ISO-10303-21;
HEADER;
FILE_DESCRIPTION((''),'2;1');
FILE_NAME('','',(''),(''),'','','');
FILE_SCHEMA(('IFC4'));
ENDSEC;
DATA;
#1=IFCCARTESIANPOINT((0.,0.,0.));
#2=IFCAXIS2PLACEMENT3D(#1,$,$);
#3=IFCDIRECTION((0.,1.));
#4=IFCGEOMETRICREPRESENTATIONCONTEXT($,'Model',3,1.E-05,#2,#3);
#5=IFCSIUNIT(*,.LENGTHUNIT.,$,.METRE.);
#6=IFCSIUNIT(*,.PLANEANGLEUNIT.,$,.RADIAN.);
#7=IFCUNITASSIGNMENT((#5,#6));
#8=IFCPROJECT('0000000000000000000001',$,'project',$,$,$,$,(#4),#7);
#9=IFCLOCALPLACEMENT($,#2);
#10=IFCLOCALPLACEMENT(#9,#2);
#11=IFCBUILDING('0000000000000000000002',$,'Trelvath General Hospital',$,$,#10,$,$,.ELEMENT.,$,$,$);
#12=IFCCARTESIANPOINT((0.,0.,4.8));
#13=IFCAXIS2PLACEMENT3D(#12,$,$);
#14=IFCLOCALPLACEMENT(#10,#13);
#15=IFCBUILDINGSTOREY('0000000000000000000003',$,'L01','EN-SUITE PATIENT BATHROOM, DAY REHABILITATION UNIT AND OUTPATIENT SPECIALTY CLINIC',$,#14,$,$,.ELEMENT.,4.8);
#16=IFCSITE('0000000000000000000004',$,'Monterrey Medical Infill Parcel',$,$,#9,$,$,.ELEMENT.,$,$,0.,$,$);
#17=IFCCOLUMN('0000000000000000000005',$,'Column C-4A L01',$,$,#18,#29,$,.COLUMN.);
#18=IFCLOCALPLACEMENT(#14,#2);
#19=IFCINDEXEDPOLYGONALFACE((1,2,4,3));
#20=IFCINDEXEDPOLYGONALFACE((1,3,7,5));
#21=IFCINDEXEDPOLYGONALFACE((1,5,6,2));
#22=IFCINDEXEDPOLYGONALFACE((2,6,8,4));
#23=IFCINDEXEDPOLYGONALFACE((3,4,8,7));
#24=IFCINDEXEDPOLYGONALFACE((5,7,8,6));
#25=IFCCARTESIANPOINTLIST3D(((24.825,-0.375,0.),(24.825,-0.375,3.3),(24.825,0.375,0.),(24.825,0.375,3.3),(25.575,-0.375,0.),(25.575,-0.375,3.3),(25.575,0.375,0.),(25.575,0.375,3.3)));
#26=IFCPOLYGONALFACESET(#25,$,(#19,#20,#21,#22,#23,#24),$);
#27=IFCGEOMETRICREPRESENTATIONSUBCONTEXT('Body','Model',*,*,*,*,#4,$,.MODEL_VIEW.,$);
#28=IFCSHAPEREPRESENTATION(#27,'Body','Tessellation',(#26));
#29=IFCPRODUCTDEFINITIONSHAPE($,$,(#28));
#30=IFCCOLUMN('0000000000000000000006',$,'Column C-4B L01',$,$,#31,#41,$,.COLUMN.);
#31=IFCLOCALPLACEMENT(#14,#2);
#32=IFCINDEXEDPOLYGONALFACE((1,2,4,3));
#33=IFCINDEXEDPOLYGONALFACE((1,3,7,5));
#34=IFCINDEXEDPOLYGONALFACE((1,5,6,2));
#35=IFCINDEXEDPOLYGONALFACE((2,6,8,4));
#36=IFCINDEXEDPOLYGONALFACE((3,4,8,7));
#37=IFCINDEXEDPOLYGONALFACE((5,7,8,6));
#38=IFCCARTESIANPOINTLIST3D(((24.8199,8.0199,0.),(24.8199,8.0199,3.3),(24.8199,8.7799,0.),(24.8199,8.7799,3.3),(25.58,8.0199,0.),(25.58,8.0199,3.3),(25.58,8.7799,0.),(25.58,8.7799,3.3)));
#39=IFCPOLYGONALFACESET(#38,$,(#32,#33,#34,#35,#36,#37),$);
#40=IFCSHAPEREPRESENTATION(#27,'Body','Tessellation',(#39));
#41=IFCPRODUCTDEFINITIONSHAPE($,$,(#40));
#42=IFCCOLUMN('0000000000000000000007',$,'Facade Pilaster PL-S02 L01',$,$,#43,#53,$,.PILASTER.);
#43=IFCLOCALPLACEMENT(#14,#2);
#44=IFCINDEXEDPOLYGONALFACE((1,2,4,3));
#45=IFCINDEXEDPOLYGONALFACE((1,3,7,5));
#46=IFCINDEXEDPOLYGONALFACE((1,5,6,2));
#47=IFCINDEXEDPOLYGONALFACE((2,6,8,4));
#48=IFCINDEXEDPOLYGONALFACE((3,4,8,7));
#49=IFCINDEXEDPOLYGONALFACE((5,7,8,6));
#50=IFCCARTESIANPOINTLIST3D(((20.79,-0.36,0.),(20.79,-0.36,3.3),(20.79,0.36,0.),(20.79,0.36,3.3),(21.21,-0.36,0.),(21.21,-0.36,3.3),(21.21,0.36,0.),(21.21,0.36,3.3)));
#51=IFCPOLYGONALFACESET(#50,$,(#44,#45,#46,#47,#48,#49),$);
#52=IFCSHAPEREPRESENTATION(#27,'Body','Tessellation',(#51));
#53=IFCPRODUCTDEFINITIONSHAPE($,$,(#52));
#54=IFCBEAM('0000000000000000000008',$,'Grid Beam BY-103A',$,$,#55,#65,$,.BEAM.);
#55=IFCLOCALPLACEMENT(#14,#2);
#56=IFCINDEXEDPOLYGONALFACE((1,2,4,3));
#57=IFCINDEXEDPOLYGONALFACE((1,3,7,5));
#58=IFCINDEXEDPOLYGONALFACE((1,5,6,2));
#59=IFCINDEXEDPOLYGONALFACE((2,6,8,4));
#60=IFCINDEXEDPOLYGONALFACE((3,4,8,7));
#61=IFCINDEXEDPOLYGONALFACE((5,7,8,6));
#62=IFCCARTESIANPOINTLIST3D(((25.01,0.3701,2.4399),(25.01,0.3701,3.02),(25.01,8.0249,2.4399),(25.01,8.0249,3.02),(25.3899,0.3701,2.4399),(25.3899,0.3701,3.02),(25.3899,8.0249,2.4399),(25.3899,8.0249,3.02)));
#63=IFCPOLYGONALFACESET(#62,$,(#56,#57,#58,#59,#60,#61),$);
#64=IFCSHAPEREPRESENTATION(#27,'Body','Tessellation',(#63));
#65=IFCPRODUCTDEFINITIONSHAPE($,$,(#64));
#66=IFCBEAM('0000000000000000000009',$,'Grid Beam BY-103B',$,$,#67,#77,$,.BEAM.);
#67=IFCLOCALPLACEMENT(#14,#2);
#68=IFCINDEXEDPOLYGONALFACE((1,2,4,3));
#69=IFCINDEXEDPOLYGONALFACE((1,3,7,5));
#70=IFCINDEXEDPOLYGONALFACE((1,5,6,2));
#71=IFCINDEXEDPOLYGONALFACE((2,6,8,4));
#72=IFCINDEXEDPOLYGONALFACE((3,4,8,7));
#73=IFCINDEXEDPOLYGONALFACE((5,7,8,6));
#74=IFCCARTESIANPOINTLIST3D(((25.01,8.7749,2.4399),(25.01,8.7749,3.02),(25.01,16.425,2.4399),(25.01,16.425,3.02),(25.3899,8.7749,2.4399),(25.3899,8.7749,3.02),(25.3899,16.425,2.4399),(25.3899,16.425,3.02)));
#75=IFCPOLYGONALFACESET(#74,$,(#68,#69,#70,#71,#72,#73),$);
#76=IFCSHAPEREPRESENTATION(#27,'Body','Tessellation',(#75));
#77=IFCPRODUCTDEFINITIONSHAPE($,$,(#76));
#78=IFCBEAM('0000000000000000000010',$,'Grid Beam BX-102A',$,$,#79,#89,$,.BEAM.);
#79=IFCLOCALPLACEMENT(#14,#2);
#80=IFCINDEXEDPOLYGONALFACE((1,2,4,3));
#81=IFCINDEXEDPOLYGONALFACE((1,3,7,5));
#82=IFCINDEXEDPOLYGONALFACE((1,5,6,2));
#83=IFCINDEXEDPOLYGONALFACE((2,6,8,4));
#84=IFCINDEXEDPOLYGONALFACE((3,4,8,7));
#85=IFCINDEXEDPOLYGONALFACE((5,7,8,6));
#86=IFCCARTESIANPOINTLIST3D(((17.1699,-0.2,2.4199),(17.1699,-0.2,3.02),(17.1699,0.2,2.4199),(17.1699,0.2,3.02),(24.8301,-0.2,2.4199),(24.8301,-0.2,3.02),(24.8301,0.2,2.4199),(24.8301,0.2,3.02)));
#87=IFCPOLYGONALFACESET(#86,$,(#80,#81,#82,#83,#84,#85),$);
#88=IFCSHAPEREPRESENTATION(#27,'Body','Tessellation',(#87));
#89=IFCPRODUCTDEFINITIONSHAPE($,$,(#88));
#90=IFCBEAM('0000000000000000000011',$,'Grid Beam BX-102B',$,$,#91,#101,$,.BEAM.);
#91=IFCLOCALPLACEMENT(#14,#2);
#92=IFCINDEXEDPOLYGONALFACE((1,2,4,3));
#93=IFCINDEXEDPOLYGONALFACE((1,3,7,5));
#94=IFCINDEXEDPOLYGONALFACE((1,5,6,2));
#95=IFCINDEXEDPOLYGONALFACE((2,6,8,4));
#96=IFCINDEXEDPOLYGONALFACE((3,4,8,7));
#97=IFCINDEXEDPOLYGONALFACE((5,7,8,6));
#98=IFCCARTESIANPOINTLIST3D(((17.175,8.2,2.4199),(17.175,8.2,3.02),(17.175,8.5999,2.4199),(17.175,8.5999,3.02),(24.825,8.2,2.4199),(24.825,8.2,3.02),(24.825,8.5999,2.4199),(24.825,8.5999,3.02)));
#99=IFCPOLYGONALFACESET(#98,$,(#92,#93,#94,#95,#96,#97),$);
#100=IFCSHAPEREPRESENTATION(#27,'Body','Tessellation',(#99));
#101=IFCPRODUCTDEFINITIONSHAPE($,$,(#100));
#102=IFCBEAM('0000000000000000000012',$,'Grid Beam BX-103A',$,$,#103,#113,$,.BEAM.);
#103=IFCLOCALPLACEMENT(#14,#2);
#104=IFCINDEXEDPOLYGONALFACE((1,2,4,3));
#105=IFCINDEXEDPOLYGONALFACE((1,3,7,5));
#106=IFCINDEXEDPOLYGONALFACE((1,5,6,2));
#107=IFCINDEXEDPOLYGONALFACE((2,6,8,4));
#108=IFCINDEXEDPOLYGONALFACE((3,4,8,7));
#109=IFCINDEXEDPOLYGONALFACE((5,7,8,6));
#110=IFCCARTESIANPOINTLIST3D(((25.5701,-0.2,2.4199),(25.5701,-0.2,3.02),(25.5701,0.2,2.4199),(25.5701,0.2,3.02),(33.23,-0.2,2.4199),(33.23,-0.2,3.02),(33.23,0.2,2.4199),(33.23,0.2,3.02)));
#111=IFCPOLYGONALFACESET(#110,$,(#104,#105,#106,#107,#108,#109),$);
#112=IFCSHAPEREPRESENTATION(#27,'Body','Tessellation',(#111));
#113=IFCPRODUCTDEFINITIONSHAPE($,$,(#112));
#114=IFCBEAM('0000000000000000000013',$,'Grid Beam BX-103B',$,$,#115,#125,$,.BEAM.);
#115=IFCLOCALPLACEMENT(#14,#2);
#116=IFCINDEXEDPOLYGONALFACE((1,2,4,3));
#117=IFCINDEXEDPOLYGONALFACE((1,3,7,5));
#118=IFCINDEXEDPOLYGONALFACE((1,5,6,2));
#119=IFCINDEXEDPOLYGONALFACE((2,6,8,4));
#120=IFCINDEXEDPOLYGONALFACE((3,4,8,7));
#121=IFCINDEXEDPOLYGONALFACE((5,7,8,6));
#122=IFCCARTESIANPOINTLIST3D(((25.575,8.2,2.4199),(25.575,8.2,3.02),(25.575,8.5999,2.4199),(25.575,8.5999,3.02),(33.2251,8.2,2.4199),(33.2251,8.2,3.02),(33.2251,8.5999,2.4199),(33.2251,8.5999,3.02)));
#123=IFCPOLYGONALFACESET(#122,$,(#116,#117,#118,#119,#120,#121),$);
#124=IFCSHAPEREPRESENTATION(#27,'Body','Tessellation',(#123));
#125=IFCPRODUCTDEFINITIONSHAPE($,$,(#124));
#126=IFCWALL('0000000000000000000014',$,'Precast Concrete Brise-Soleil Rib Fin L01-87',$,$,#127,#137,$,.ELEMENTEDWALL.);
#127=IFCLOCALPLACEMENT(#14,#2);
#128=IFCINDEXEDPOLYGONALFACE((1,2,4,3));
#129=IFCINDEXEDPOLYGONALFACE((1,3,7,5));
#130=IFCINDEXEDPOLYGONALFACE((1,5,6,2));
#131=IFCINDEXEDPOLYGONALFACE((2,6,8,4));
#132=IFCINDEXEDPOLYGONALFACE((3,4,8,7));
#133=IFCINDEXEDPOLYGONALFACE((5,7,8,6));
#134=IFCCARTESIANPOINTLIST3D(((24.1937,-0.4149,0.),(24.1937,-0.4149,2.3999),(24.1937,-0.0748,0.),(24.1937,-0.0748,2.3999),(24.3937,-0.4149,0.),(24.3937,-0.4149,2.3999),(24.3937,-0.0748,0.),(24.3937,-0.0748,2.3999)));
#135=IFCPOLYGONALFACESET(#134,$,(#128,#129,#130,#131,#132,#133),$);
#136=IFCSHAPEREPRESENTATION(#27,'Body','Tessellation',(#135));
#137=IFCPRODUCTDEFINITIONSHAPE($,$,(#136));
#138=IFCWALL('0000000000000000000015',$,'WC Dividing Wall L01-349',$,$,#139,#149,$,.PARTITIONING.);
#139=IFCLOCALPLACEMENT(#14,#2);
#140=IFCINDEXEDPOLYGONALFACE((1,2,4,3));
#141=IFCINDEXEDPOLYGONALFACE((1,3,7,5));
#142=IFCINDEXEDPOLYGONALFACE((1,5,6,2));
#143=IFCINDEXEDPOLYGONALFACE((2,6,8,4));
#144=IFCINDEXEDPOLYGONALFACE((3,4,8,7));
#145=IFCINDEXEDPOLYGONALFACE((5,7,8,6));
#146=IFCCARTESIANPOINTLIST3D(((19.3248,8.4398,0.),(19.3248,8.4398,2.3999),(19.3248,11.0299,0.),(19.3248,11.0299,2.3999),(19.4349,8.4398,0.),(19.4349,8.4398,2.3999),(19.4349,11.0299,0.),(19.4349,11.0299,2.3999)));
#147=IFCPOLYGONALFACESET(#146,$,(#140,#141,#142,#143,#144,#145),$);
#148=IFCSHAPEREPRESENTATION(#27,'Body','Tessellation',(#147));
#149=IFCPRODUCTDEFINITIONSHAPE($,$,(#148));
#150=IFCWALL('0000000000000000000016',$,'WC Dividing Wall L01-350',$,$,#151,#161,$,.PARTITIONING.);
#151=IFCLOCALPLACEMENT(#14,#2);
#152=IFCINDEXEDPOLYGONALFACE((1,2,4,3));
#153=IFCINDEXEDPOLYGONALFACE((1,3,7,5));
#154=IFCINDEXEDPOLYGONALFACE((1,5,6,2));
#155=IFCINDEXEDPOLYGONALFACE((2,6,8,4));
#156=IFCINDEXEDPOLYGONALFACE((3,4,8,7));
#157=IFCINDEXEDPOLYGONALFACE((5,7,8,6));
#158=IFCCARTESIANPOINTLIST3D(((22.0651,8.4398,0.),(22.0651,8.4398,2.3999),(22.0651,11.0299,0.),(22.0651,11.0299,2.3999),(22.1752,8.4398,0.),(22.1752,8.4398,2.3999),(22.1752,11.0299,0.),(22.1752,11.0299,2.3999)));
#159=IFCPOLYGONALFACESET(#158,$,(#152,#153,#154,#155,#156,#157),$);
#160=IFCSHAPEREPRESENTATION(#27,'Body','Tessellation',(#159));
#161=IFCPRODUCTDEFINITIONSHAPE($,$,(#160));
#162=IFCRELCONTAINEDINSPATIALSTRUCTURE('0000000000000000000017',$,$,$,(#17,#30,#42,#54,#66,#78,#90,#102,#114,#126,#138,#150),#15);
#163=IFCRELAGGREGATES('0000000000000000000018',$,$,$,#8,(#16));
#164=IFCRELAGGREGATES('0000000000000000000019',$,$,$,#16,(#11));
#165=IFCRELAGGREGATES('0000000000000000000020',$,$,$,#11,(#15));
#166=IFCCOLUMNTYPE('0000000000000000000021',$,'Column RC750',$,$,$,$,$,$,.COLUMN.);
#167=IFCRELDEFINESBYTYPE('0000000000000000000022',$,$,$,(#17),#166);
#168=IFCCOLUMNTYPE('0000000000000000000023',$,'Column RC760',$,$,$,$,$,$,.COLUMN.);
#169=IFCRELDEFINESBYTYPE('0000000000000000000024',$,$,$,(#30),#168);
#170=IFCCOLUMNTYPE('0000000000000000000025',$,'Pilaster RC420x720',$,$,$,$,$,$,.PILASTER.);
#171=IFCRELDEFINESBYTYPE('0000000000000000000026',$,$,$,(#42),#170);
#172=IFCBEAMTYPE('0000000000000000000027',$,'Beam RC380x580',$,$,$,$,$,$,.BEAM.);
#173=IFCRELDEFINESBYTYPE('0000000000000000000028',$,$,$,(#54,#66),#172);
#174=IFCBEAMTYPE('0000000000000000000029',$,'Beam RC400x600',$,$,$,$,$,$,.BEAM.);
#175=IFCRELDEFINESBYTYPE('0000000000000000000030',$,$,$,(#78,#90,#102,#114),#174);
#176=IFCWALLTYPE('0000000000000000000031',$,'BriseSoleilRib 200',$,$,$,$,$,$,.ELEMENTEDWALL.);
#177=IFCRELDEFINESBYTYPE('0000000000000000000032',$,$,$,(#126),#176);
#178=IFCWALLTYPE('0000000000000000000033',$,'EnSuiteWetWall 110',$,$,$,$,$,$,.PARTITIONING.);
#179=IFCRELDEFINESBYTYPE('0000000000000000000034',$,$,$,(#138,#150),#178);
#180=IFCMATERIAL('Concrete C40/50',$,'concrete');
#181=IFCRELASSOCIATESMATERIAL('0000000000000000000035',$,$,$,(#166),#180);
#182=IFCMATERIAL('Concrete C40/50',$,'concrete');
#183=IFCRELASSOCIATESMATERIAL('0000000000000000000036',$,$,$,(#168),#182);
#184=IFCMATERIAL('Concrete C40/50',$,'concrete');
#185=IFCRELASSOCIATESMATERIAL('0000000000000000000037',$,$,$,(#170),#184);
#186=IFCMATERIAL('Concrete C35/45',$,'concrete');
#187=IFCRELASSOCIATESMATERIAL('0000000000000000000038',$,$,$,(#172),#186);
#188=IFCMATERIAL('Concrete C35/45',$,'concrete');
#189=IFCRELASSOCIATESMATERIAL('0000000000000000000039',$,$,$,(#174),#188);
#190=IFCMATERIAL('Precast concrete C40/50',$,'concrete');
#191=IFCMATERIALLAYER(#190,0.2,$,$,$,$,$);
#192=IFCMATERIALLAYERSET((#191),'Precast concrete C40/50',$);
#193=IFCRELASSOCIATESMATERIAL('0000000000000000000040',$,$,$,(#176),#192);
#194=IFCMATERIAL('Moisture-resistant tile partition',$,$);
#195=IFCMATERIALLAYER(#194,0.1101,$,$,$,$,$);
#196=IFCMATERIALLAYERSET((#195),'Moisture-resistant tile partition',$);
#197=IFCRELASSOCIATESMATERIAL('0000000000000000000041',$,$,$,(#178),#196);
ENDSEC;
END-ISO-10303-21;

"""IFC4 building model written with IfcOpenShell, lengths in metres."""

from ifc_helpers import new_model, si_unit, direction, frame, frame_2d, origin, origin_2d, place, context, subcontext, project, spatial, rectangle, extrude, material, layer, layer_set, material_profile, profile_set, type_object, element, save


model = new_model("IFC4")

# Units and contexts
model_context = context("Model", 3, precision=1e-05, world=origin(), true_north=direction((0.0, 1.0)))
body_context = subcontext(model_context, "Body", "Model", "MODEL_VIEW")
ifc_project = project(units=[si_unit("LENGTHUNIT", "METRE"), si_unit("PLANEANGLEUNIT", "RADIAN")], contexts=[model_context])

# Site, building, storey
site_placement = place(None, origin())
site = spatial("IfcSite", under=ifc_project, at=site_placement, Name="Monterrey Medical Infill Parcel", CompositionType="ELEMENT", RefElevation=0.0)
building_placement = place(site_placement, origin())
building = spatial("IfcBuilding", under=site, at=building_placement, Name="Trelvath General Hospital", CompositionType="ELEMENT")
storey_placement = place(building_placement, frame((0.0, 0.0, 4.8)))
storey = spatial("IfcBuildingStorey", under=building, at=storey_placement, Name="L01", Description="EN-SUITE PATIENT BATHROOM, DAY REHABILITATION UNIT AND OUTPATIENT SPECIALTY CLINIC", CompositionType="ELEMENT", Elevation=4.8)

# Columns
ifc_material_1 = material(Name="Concrete C40/50", Category="concrete")
ifc_material_profile_1 = material_profile(ifc_material_1, rectangle(XDim=0.75, YDim=0.75, at=origin_2d()), Name="RC750x750")
ifc_profile_set_1 = profile_set([ifc_material_profile_1], Name="Concrete C40/50")
column_type_1 = type_object("IfcColumnType", Name="Column RC750", PredefinedType="COLUMN", material=ifc_profile_set_1)
column_1_placement = place(storey_placement, frame((25.2, 0.0, 0.0), z_axis=(0.0, 0.0, 1.0), x_axis=(1.0, 0.0, 0.0)))
element("IfcColumn", 1, at=column_1_placement, inside=storey, type_object=column_type_1, Name="Column C-4A L01", PredefinedType="COLUMN", context=body_context, shape_type="SweptSolid", body=[
    extrude(rectangle(XDim=0.75, YDim=0.75, at=origin_2d()), origin(), (0.0, 0.0, 1.0), 3.3),
])
ifc_material_2 = material(Name="Concrete C40/50", Category="concrete")
ifc_material_profile_2 = material_profile(ifc_material_2, rectangle(XDim=0.76, YDim=0.76, at=origin_2d()), Name="RC760x760")
ifc_profile_set_2 = profile_set([ifc_material_profile_2], Name="Concrete C40/50")
column_type_2 = type_object("IfcColumnType", Name="Column RC760", PredefinedType="COLUMN", material=ifc_profile_set_2)
column_2_placement = place(storey_placement, frame((25.2, 8.3999, 0.0), z_axis=(0.0, 0.0, 1.0), x_axis=(1.0, 0.0, 0.0)))
element("IfcColumn", 2, at=column_2_placement, inside=storey, type_object=column_type_2, Name="Column C-4B L01", PredefinedType="COLUMN", context=body_context, shape_type="SweptSolid", body=[
    extrude(rectangle(XDim=0.76, YDim=0.76, at=origin_2d()), origin(), (0.0, 0.0, 1.0), 3.3),
])
ifc_material_3 = material(Name="Concrete C40/50", Category="concrete")
ifc_material_profile_3 = material_profile(ifc_material_3, rectangle(XDim=0.4199, YDim=0.72, at=origin_2d()), Name="RC420x720")
ifc_profile_set_3 = profile_set([ifc_material_profile_3], Name="Concrete C40/50")
column_type_3 = type_object("IfcColumnType", Name="Pilaster RC420x720", PredefinedType="PILASTER", material=ifc_profile_set_3)
column_3_placement = place(storey_placement, frame((21.0, 0.0, 0.0), z_axis=(0.0, 0.0, 1.0), x_axis=(1.0, 0.0, 0.0)))
element("IfcColumn", 3, at=column_3_placement, inside=storey, type_object=column_type_3, Name="Facade Pilaster PL-S02 L01", PredefinedType="PILASTER", context=body_context, shape_type="SweptSolid", body=[
    extrude(rectangle(XDim=0.4199, YDim=0.72, at=origin_2d()), origin(), (0.0, 0.0, 1.0), 3.3),
])

# Beams
ifc_material_4 = material(Name="Concrete C35/45", Category="concrete")
ifc_material_profile_4 = material_profile(ifc_material_4, rectangle(XDim=0.3799, YDim=0.5801, at=origin_2d()), Name="RCB380x580")
ifc_profile_set_4 = profile_set([ifc_material_profile_4], Name="Concrete C35/45")
beam_type_1 = type_object("IfcBeamType", Name="Beam RC380x580", PredefinedType="BEAM", material=ifc_profile_set_4)
beam_1_placement = place(storey_placement, frame((25.2, 0.3701, 2.73), z_axis=(0.0, 1.0, 0.0), x_axis=(-1.0, 0.0, 0.0)))
element("IfcBeam", 4, at=beam_1_placement, inside=storey, type_object=beam_type_1, Name="Grid Beam BY-103A", PredefinedType="BEAM", context=body_context, shape_type="SweptSolid", body=[
    extrude(rectangle(XDim=0.3799, YDim=0.5801, at=origin_2d()), origin(), (0.0, 0.0, 1.0), 7.6548),
])
beam_2_placement = place(storey_placement, frame((25.2, 8.7749, 2.73), z_axis=(0.0, 1.0, 0.0), x_axis=(-1.0, 0.0, 0.0)))
element("IfcBeam", 5, at=beam_2_placement, inside=storey, type_object=beam_type_1, Name="Grid Beam BY-103B", PredefinedType="BEAM", context=body_context, shape_type="SweptSolid", body=[
    extrude(rectangle(XDim=0.3799, YDim=0.5801, at=origin_2d()), origin(), (0.0, 0.0, 1.0), 7.6501),
])
ifc_material_5 = material(Name="Concrete C35/45", Category="concrete")
ifc_material_profile_5 = material_profile(ifc_material_5, rectangle(XDim=0.3999, YDim=0.6001, at=origin_2d()), Name="RCB400x600")
ifc_profile_set_5 = profile_set([ifc_material_profile_5], Name="Concrete C35/45")
beam_type_2 = type_object("IfcBeamType", Name="Beam RC400x600", PredefinedType="BEAM", material=ifc_profile_set_5)
beam_3_placement = place(storey_placement, frame((17.1699, 0.0, 2.72), z_axis=(1.0, 0.0, 0.0), x_axis=(0.0, 1.0, 0.0)))
element("IfcBeam", 6, at=beam_3_placement, inside=storey, type_object=beam_type_2, Name="Grid Beam BX-102A", PredefinedType="BEAM", context=body_context, shape_type="SweptSolid", body=[
    extrude(rectangle(XDim=0.3999, YDim=0.6001, at=origin_2d()), origin(), (0.0, 0.0, 1.0), 7.6602),
])
beam_4_placement = place(storey_placement, frame((17.175, 8.3999, 2.72), z_axis=(1.0, 0.0, 0.0), x_axis=(0.0, 1.0, 0.0)))
element("IfcBeam", 7, at=beam_4_placement, inside=storey, type_object=beam_type_2, Name="Grid Beam BX-102B", PredefinedType="BEAM", context=body_context, shape_type="SweptSolid", body=[
    extrude(rectangle(XDim=0.3999, YDim=0.6001, at=origin_2d()), origin(), (0.0, 0.0, 1.0), 7.6499),
])
beam_5_placement = place(storey_placement, frame((25.5701, 0.0, 2.72), z_axis=(1.0, 0.0, 0.0), x_axis=(0.0, 1.0, 0.0)))
element("IfcBeam", 8, at=beam_5_placement, inside=storey, type_object=beam_type_2, Name="Grid Beam BX-103A", PredefinedType="BEAM", context=body_context, shape_type="SweptSolid", body=[
    extrude(rectangle(XDim=0.3999, YDim=0.6001, at=origin_2d()), origin(), (0.0, 0.0, 1.0), 7.6599),
])
beam_6_placement = place(storey_placement, frame((25.575, 8.3999, 2.72), z_axis=(1.0, 0.0, 0.0), x_axis=(0.0, 1.0, 0.0)))
element("IfcBeam", 9, at=beam_6_placement, inside=storey, type_object=beam_type_2, Name="Grid Beam BX-103B", PredefinedType="BEAM", context=body_context, shape_type="SweptSolid", body=[
    extrude(rectangle(XDim=0.3999, YDim=0.6001, at=origin_2d()), origin(), (0.0, 0.0, 1.0), 7.6501),
])

# Walls
ifc_material_6 = material(Name="Precast concrete C40/50", Category="concrete")
ifc_layer_1 = layer(ifc_material_6, 0.2)
ifc_layer_set_1 = layer_set([ifc_layer_1], Name="Precast concrete C40/50")
wall_type_1 = type_object("IfcWallType", Name="BriseSoleilRib 200", PredefinedType="ELEMENTEDWALL", material=ifc_layer_set_1)
wall_1_placement = place(storey_placement, frame((24.2937, -0.075, 0.0), z_axis=(0.0, 0.0, 1.0), x_axis=(0.0, -1.0, 0.0)))
element("IfcWall", 10, at=wall_1_placement, inside=storey, type_object=wall_type_1, Name="Precast Concrete Brise-Soleil Rib Fin L01-87", PredefinedType="ELEMENTEDWALL", context=body_context, shape_type="SweptSolid", body=[
    extrude(rectangle(XDim=0.3401, YDim=0.2, at=frame_2d((0.1699, 0.0))), origin(), (0.0, 0.0, 1.0), 2.3999),
])
ifc_material_7 = material(Name="Moisture-resistant tile partition")
ifc_layer_2 = layer(ifc_material_7, 0.1101)
ifc_layer_set_2 = layer_set([ifc_layer_2], Name="Moisture-resistant tile partition")
wall_type_2 = type_object("IfcWallType", Name="EnSuiteWetWall 110", PredefinedType="PARTITIONING", material=ifc_layer_set_2)
for number, where, z_axis, x_axis, name in (
    (11, (19.3799, 8.4399, 0.0), (0.0, 0.0, 1.0), (0.0, 1.0, 0.0), "WC Dividing Wall L01-349"),
    (12, (22.1201, 8.4399, 0.0), (0.0, 0.0, 1.0), (0.0, 1.0, 0.0), "WC Dividing Wall L01-350"),
):
    element("IfcWall", number, at=place(storey_placement, frame(where, z_axis=z_axis, x_axis=x_axis)), inside=storey, type_object=wall_type_2, Name=name, PredefinedType="PARTITIONING", context=body_context, shape_type="SweptSolid", body=[
        extrude(rectangle(XDim=2.5901, YDim=0.1101, at=frame_2d((1.2949, 0.0))), origin(), (0.0, 0.0, 1.0), 2.3999),
    ])

save(model, "model.ifc")
